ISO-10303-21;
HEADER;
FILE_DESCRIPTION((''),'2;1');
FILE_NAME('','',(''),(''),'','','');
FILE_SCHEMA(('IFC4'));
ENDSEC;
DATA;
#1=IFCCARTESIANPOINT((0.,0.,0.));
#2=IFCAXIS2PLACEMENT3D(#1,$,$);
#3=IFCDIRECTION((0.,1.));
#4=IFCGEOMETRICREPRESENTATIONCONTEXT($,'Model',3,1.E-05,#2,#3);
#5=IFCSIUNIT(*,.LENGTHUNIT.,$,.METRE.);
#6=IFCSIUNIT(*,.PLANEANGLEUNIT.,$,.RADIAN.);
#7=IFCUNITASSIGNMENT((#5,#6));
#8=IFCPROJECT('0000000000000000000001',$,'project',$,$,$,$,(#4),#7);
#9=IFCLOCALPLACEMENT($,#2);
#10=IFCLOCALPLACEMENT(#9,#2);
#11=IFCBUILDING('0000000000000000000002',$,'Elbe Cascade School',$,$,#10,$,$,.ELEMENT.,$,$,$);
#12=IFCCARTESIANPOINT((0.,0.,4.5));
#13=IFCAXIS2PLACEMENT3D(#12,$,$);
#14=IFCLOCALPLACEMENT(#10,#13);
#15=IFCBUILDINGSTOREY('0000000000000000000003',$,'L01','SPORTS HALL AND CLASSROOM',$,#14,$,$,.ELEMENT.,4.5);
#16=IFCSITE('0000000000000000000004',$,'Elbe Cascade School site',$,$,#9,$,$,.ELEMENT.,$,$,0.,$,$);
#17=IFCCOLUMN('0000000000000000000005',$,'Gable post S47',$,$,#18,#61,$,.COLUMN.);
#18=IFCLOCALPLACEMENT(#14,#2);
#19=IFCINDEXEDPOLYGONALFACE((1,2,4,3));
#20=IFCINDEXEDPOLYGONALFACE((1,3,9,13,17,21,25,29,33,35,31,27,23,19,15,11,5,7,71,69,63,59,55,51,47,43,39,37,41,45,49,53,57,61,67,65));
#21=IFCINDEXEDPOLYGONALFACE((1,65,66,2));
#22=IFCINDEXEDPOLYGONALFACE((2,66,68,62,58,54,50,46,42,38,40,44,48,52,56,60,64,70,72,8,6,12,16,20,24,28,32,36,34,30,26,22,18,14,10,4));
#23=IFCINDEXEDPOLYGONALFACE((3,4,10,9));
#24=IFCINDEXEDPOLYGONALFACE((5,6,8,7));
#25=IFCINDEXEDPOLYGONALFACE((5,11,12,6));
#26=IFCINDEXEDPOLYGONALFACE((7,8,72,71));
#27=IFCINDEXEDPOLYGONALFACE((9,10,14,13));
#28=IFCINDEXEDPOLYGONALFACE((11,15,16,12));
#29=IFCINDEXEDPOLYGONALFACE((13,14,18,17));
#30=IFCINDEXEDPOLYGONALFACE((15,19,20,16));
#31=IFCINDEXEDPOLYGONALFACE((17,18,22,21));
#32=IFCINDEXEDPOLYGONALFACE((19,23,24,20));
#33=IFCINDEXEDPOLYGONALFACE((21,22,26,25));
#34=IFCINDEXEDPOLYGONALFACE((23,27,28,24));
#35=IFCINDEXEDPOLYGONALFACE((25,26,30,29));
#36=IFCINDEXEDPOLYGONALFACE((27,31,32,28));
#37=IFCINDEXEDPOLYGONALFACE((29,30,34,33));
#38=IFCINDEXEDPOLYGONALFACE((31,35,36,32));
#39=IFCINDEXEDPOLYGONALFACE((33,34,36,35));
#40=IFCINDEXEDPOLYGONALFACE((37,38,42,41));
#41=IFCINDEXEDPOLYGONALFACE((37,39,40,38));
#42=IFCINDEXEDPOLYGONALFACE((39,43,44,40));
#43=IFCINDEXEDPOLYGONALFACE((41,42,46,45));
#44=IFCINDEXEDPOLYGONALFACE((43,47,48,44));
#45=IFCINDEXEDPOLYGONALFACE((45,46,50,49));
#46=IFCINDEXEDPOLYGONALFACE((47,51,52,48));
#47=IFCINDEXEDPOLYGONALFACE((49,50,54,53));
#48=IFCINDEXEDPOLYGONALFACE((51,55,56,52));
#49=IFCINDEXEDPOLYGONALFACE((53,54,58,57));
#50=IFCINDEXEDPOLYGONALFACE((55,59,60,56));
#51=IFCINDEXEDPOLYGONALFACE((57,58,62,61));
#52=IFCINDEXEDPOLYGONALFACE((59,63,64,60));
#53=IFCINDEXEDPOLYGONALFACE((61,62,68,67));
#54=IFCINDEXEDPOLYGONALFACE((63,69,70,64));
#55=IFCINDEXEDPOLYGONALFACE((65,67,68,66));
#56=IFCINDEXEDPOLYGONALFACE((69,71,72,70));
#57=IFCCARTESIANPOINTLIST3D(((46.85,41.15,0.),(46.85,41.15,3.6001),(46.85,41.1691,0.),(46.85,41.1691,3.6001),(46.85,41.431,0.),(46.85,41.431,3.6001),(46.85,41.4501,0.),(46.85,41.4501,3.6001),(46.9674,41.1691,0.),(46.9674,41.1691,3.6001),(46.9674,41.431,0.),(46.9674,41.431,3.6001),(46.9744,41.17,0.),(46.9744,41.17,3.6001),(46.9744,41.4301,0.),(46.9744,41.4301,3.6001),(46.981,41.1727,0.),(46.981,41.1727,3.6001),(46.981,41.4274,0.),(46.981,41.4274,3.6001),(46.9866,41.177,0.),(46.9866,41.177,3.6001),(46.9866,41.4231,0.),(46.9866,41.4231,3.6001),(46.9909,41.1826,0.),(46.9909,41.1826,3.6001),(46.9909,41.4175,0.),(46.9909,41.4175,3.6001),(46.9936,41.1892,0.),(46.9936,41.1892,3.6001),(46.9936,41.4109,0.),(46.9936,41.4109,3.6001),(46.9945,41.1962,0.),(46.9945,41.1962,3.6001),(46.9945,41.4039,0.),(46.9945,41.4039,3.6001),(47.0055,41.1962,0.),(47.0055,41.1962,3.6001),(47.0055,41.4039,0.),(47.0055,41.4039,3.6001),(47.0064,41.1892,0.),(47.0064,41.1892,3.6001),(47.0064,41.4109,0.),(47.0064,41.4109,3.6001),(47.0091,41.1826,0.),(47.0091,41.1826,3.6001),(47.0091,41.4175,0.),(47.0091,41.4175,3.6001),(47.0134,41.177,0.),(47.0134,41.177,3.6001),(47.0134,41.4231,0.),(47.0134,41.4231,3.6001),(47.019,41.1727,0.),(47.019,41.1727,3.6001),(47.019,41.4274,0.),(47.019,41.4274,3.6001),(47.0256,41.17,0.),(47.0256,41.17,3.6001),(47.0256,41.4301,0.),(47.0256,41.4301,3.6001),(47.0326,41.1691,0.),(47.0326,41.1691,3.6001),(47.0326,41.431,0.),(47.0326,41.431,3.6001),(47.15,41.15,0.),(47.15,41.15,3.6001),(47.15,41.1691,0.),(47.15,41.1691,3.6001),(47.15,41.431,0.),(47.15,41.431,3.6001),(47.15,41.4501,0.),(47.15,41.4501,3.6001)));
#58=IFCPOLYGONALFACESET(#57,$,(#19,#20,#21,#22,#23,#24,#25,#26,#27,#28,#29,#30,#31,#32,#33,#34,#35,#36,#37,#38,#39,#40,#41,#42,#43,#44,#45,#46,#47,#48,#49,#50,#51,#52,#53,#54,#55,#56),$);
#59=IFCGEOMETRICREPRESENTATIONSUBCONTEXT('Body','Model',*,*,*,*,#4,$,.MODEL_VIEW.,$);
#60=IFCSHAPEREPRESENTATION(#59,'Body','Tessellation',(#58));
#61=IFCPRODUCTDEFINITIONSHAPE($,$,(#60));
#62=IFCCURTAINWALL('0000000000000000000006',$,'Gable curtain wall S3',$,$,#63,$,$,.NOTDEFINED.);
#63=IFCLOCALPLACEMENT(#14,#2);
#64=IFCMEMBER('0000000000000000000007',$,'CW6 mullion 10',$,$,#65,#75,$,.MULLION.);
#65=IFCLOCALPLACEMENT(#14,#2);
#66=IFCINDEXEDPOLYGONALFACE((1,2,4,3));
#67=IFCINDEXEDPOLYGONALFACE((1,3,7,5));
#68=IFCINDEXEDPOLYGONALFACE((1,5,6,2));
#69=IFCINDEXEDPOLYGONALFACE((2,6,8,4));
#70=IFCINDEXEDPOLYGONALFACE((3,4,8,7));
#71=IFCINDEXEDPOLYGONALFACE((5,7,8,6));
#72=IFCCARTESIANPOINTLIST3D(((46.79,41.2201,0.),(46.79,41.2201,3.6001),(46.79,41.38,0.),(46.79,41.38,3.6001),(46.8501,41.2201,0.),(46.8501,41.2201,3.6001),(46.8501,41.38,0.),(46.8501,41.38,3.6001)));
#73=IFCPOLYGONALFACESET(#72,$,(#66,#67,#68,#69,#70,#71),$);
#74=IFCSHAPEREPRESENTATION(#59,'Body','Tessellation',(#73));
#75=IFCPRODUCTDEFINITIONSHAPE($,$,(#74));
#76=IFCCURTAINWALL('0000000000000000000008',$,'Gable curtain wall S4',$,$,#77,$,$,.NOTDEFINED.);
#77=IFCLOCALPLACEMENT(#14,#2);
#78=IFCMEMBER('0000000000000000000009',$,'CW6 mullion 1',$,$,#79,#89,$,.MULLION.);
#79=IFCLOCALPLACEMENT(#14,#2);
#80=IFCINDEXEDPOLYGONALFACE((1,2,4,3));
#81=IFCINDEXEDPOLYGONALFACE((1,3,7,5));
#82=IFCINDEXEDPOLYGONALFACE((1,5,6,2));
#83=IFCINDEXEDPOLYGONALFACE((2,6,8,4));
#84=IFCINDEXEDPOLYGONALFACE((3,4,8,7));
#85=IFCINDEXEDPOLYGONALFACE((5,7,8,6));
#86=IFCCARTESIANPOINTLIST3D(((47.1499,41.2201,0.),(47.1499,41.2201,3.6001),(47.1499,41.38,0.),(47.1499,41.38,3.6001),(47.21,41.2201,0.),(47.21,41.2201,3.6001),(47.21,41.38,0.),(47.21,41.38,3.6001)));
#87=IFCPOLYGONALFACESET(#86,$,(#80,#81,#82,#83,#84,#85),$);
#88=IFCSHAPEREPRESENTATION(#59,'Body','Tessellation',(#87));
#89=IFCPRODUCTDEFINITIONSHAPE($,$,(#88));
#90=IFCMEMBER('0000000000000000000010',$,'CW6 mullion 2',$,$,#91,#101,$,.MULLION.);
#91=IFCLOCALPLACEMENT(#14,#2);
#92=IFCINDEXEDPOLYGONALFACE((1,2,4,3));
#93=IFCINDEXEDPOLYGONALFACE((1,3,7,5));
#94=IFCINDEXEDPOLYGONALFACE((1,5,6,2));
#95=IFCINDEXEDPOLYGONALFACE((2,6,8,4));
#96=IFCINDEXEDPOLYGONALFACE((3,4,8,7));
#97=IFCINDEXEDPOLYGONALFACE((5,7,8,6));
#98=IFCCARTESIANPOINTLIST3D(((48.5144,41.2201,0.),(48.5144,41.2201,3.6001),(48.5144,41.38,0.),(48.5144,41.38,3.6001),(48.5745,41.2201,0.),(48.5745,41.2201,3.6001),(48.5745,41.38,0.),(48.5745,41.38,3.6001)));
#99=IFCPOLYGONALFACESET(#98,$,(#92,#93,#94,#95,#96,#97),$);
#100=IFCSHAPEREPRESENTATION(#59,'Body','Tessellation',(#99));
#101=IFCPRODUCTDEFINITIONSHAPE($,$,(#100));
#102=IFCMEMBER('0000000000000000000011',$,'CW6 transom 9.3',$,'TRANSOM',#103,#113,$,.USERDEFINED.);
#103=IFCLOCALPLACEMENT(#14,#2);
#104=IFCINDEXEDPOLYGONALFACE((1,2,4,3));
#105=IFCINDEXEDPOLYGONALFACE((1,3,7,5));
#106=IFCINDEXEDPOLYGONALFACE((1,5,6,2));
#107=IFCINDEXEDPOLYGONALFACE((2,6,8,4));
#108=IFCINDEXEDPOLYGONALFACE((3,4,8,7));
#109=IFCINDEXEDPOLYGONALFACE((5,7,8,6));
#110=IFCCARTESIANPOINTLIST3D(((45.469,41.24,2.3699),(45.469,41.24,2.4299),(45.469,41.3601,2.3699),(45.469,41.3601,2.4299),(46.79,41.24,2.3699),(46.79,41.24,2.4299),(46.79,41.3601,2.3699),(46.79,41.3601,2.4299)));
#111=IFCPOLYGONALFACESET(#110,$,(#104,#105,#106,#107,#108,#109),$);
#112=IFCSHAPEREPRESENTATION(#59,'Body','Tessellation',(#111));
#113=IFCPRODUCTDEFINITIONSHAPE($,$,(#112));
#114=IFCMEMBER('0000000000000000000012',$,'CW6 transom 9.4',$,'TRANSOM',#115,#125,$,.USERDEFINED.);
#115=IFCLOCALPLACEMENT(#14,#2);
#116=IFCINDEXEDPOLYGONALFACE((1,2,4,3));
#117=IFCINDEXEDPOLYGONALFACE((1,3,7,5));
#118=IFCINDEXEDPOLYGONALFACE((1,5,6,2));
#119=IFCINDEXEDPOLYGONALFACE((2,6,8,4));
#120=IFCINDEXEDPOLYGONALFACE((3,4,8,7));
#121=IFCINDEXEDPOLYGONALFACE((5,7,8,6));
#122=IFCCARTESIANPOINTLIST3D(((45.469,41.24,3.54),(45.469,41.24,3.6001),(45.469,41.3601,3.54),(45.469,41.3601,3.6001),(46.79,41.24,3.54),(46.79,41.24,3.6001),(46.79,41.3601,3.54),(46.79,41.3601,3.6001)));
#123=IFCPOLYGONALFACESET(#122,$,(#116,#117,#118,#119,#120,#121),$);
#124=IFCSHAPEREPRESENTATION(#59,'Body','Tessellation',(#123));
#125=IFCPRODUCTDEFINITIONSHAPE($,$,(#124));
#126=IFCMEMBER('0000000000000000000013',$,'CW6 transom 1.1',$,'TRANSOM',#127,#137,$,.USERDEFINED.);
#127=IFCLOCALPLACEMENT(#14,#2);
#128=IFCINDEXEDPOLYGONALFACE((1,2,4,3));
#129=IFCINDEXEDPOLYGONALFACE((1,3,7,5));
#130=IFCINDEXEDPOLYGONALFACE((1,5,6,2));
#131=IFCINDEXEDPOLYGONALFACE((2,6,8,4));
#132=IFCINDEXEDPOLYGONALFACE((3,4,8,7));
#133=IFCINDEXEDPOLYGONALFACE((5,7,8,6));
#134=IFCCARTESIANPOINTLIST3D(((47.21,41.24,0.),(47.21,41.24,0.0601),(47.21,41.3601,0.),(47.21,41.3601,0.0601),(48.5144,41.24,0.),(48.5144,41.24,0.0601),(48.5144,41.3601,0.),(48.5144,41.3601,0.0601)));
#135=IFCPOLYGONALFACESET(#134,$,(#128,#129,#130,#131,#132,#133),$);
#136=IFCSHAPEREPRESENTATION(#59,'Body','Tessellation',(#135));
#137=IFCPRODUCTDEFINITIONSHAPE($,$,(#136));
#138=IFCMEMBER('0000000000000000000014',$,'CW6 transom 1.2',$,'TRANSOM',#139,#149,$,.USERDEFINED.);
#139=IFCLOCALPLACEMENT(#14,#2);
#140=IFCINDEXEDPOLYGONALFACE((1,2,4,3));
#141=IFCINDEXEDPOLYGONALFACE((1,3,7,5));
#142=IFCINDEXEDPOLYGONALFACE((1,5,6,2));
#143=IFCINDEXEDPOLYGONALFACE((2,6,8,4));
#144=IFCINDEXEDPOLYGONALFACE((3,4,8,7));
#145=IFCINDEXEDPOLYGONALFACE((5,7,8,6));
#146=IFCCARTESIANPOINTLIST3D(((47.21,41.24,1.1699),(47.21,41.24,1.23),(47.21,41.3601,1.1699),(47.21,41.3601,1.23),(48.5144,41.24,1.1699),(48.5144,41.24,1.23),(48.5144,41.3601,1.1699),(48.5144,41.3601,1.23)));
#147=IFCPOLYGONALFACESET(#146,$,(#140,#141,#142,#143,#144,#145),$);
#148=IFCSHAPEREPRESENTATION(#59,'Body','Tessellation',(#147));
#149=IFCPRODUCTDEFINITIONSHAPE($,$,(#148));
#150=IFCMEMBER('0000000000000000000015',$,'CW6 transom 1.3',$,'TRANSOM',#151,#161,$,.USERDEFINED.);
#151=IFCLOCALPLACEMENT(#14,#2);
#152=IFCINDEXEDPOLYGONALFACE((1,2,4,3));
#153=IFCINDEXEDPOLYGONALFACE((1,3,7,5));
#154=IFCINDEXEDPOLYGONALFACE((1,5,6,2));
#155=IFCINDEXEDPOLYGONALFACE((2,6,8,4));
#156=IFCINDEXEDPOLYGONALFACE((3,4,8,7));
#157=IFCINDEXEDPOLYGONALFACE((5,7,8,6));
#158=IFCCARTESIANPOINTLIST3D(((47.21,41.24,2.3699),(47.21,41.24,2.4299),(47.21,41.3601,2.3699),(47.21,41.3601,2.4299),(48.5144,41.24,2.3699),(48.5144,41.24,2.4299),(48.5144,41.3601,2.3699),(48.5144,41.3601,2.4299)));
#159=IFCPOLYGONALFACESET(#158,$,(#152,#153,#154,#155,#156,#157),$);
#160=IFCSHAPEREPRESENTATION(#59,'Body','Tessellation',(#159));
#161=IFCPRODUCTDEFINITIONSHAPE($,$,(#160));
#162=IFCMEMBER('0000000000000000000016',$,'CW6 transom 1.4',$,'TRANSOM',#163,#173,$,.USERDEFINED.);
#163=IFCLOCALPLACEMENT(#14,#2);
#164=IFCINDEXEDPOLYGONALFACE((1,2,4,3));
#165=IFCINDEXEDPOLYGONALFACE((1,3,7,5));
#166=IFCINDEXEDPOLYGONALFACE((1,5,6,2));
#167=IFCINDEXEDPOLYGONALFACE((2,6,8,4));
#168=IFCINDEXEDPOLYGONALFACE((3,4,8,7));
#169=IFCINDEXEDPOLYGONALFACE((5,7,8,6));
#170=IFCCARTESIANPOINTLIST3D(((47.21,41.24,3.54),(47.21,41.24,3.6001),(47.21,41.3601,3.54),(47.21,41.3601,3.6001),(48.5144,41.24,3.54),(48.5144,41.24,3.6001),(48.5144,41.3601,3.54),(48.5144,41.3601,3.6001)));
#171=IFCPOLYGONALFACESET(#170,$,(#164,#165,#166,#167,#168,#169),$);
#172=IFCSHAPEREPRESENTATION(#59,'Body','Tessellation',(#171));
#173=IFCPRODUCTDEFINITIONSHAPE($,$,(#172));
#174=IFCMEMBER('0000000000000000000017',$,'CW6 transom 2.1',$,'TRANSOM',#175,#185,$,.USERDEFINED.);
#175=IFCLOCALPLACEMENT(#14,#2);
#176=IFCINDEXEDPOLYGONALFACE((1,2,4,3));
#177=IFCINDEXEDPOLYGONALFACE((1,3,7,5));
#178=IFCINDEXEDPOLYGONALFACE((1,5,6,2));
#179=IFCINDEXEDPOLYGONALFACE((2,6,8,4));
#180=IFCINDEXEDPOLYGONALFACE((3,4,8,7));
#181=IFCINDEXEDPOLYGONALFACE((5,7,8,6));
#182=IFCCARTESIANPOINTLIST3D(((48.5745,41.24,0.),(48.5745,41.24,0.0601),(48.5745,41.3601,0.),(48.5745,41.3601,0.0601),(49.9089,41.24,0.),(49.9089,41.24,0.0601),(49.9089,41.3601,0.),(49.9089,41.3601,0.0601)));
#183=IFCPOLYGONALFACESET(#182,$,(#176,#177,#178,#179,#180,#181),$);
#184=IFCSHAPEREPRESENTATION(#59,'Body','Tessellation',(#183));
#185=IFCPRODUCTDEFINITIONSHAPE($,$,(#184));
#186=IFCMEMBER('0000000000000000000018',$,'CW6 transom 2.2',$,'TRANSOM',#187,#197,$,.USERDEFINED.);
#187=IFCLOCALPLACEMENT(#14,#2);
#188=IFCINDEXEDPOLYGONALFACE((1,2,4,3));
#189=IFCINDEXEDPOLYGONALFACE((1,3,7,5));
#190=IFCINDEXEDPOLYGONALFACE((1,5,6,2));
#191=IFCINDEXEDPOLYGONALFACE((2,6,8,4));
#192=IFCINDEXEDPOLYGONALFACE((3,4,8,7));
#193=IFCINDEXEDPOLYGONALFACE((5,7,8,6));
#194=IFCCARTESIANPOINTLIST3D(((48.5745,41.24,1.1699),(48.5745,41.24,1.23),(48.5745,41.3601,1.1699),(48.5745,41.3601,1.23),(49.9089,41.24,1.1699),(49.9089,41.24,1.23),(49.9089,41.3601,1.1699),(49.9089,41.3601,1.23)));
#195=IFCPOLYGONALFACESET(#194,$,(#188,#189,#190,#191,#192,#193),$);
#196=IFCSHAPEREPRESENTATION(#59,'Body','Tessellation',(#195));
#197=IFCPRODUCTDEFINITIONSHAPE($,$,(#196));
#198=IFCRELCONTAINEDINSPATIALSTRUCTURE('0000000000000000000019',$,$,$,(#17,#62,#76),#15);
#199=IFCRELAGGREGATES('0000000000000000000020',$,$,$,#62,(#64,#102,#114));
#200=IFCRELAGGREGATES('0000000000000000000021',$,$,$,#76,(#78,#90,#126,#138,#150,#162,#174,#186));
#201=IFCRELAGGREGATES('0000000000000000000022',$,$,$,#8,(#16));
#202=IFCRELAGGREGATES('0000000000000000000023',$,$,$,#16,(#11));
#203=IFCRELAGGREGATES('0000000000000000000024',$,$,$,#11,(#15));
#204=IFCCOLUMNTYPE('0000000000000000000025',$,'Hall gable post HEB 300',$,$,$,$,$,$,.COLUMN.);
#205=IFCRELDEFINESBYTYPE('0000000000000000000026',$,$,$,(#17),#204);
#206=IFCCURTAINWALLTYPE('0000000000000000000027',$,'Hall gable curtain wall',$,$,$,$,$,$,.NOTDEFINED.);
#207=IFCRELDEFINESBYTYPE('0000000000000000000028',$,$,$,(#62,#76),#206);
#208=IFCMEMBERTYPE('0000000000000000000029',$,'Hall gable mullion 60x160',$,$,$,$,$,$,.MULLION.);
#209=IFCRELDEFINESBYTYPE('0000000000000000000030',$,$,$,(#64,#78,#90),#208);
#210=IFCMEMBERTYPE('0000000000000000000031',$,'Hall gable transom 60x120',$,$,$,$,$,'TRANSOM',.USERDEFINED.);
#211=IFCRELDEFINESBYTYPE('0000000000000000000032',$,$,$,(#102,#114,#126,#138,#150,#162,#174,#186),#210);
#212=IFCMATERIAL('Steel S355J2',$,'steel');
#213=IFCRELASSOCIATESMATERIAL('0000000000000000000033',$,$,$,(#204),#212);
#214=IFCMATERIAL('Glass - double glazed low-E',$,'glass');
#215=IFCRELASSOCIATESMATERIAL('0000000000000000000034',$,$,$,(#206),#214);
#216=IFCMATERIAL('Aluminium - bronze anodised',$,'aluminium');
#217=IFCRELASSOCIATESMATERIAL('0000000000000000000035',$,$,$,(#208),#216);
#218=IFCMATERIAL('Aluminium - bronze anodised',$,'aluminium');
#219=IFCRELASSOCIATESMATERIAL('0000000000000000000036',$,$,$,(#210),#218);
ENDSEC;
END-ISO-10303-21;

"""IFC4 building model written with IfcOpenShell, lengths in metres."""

from ifc_helpers import new_model, si_unit, direction, frame, origin, origin_2d, place, context, subcontext, project, spatial, rectangle, i_section, extrude, material, material_profile, profile_set, type_object, element, aggregate, save


model = new_model("IFC4")

# Units and contexts
model_context = context("Model", 3, precision=1e-05, world=origin(), true_north=direction((0.0, 1.0)))
body_context = subcontext(model_context, "Body", "Model", "MODEL_VIEW")
ifc_project = project(units=[si_unit("LENGTHUNIT", "METRE"), si_unit("PLANEANGLEUNIT", "RADIAN")], contexts=[model_context])

# Site, building, storey
site_placement = place(None, origin())
site = spatial("IfcSite", under=ifc_project, at=site_placement, Name="Elbe Cascade School site", CompositionType="ELEMENT", RefElevation=0.0)
building_placement = place(site_placement, origin())
building = spatial("IfcBuilding", under=site, at=building_placement, Name="Elbe Cascade School", CompositionType="ELEMENT")
storey_placement = place(building_placement, frame((0.0, 0.0, 4.5)))
storey = spatial("IfcBuildingStorey", under=building, at=storey_placement, Name="L01", Description="SPORTS HALL AND CLASSROOM", CompositionType="ELEMENT", Elevation=4.5)

# Column
ifc_material_1 = material(Name="Steel S355J2", Category="steel")
ifc_material_profile_1 = material_profile(ifc_material_1, i_section(OverallWidth=0.3, OverallDepth=0.3, WebThickness=0.011, FlangeThickness=0.019, FilletRadius=0.0271, at=origin_2d()), Name="HEB 300")
ifc_profile_set_1 = profile_set([ifc_material_profile_1], Name="Steel S355J2")
column_type = type_object("IfcColumnType", Name="Hall gable post HEB 300", PredefinedType="COLUMN", material=ifc_profile_set_1)
column_placement = place(storey_placement, frame((47.0, 41.3, 0.0), z_axis=(0.0, 0.0, 1.0), x_axis=(1.0, 0.0, 0.0)))
element("IfcColumn", 1, at=column_placement, inside=storey, type_object=column_type, Name="Gable post S47", PredefinedType="COLUMN", context=body_context, shape_type="SweptSolid", body=[
    extrude(i_section(OverallWidth=0.3, OverallDepth=0.3, WebThickness=0.011, FlangeThickness=0.019, FilletRadius=0.0271, at=origin_2d()), origin(), (0.0, 0.0, 1.0), 3.6001),
])

# Curtain wall, member
ifc_material_2 = material(Name="Glass - double glazed low-E", Category="glass")
curtain_wall_type = type_object("IfcCurtainWallType", Name="Hall gable curtain wall", PredefinedType="NOTDEFINED", material=ifc_material_2)
curtain_wall_1_placement = place(storey_placement, origin())
curtain_wall_1 = element("IfcCurtainWall", 2, at=curtain_wall_1_placement, inside=storey, type_object=curtain_wall_type, Name="Gable curtain wall S3", PredefinedType="NOTDEFINED")
ifc_material_3 = material(Name="Aluminium - bronze anodised", Category="aluminium")
ifc_material_profile_2 = material_profile(ifc_material_3, rectangle(XDim=0.1599, YDim=0.0601, at=origin_2d()), Name="Alu 60x160")
ifc_profile_set_2 = profile_set([ifc_material_profile_2], Name="Aluminium - bronze anodised")
member_type_1 = type_object("IfcMemberType", Name="Hall gable mullion 60x160", PredefinedType="MULLION", material=ifc_profile_set_2)
member_1_placement = place(storey_placement, frame((46.8201, 41.3, 0.0), z_axis=(0.0, 0.0, 1.0), x_axis=(0.0, 1.0, 0.0)))
member_1 = element("IfcMember", 3, at=member_1_placement, type_object=member_type_1, Name="CW6 mullion 10", PredefinedType="MULLION", context=body_context, shape_type="SweptSolid", body=[
    extrude(rectangle(XDim=0.1599, YDim=0.0601, at=origin_2d()), origin(), (0.0, 0.0, 1.0), 3.6001),
])

# Curtain wall, members
curtain_wall_2_placement = place(storey_placement, origin())
curtain_wall_2 = element("IfcCurtainWall", 4, at=curtain_wall_2_placement, inside=storey, type_object=curtain_wall_type, Name="Gable curtain wall S4", PredefinedType="NOTDEFINED")
member_2_placement = place(storey_placement, frame((47.1799, 41.3, 0.0), z_axis=(0.0, 0.0, 1.0), x_axis=(0.0, 1.0, 0.0)))
member_2 = element("IfcMember", 5, at=member_2_placement, type_object=member_type_1, Name="CW6 mullion 1", PredefinedType="MULLION", context=body_context, shape_type="SweptSolid", body=[
    extrude(rectangle(XDim=0.1599, YDim=0.0601, at=origin_2d()), origin(), (0.0, 0.0, 1.0), 3.6001),
])
member_3_placement = place(storey_placement, frame((48.5444, 41.3, 0.0), z_axis=(0.0, 0.0, 1.0), x_axis=(0.0, 1.0, 0.0)))
member_3 = element("IfcMember", 6, at=member_3_placement, type_object=member_type_1, Name="CW6 mullion 2", PredefinedType="MULLION", context=body_context, shape_type="SweptSolid", body=[
    extrude(rectangle(XDim=0.1599, YDim=0.0601, at=origin_2d()), origin(), (0.0, 0.0, 1.0), 3.6001),
])

# Members
ifc_material_4 = material(Name="Aluminium - bronze anodised", Category="aluminium")
ifc_material_profile_3 = material_profile(ifc_material_4, rectangle(XDim=0.1201, YDim=0.0601, at=origin_2d()), Name="Alu 60x120")
ifc_profile_set_3 = profile_set([ifc_material_profile_3], Name="Aluminium - bronze anodised")
member_type_2 = type_object("IfcMemberType", Name="Hall gable transom 60x120", ElementType="TRANSOM", PredefinedType="USERDEFINED", material=ifc_profile_set_3)
member_4_placement = place(storey_placement, frame((45.469, 41.3, 2.3999), z_axis=(1.0, 0.0, 0.0), x_axis=(0.0, 1.0, 0.0)))
member_4 = element("IfcMember", 7, at=member_4_placement, type_object=member_type_2, Name="CW6 transom 9.3", ObjectType="TRANSOM", PredefinedType="USERDEFINED", context=body_context, shape_type="SweptSolid", body=[
    extrude(rectangle(XDim=0.1201, YDim=0.0601, at=origin_2d()), origin(), (0.0, 0.0, 1.0), 1.321),
])
member_5_placement = place(storey_placement, frame((45.469, 41.3, 3.5701), z_axis=(1.0, 0.0, 0.0), x_axis=(0.0, 1.0, 0.0)))
member_5 = element("IfcMember", 8, at=member_5_placement, type_object=member_type_2, Name="CW6 transom 9.4", ObjectType="TRANSOM", PredefinedType="USERDEFINED", context=body_context, shape_type="SweptSolid", body=[
    extrude(rectangle(XDim=0.1201, YDim=0.0601, at=origin_2d()), origin(), (0.0, 0.0, 1.0), 1.321),
])
member_6_placement = place(storey_placement, frame((47.21, 41.3, 0.03), z_axis=(1.0, 0.0, 0.0), x_axis=(0.0, 1.0, 0.0)))
member_6 = element("IfcMember", 9, at=member_6_placement, type_object=member_type_2, Name="CW6 transom 1.1", ObjectType="TRANSOM", PredefinedType="USERDEFINED", context=body_context, shape_type="SweptSolid", body=[
    extrude(rectangle(XDim=0.1201, YDim=0.0601, at=origin_2d()), origin(), (0.0, 0.0, 1.0), 1.3044),
])
member_7_placement = place(storey_placement, frame((47.21, 41.3, 1.2), z_axis=(1.0, 0.0, 0.0), x_axis=(0.0, 1.0, 0.0)))
member_7 = element("IfcMember", 10, at=member_7_placement, type_object=member_type_2, Name="CW6 transom 1.2", ObjectType="TRANSOM", PredefinedType="USERDEFINED", context=body_context, shape_type="SweptSolid", body=[
    extrude(rectangle(XDim=0.1201, YDim=0.0601, at=origin_2d()), origin(), (0.0, 0.0, 1.0), 1.3044),
])
member_8_placement = place(storey_placement, frame((47.21, 41.3, 2.3999), z_axis=(1.0, 0.0, 0.0), x_axis=(0.0, 1.0, 0.0)))
member_8 = element("IfcMember", 11, at=member_8_placement, type_object=member_type_2, Name="CW6 transom 1.3", ObjectType="TRANSOM", PredefinedType="USERDEFINED", context=body_context, shape_type="SweptSolid", body=[
    extrude(rectangle(XDim=0.1201, YDim=0.0601, at=origin_2d()), origin(), (0.0, 0.0, 1.0), 1.3044),
])
member_9_placement = place(storey_placement, frame((47.21, 41.3, 3.5701), z_axis=(1.0, 0.0, 0.0), x_axis=(0.0, 1.0, 0.0)))
member_9 = element("IfcMember", 12, at=member_9_placement, type_object=member_type_2, Name="CW6 transom 1.4", ObjectType="TRANSOM", PredefinedType="USERDEFINED", context=body_context, shape_type="SweptSolid", body=[
    extrude(rectangle(XDim=0.1201, YDim=0.0601, at=origin_2d()), origin(), (0.0, 0.0, 1.0), 1.3044),
])
member_10_placement = place(storey_placement, frame((48.5745, 41.3, 0.03), z_axis=(1.0, 0.0, 0.0), x_axis=(0.0, 1.0, 0.0)))
member_10 = element("IfcMember", 13, at=member_10_placement, type_object=member_type_2, Name="CW6 transom 2.1", ObjectType="TRANSOM", PredefinedType="USERDEFINED", context=body_context, shape_type="SweptSolid", body=[
    extrude(rectangle(XDim=0.1201, YDim=0.0601, at=origin_2d()), origin(), (0.0, 0.0, 1.0), 1.3345),
])
member_11_placement = place(storey_placement, frame((48.5745, 41.3, 1.2), z_axis=(1.0, 0.0, 0.0), x_axis=(0.0, 1.0, 0.0)))
member_11 = element("IfcMember", 14, at=member_11_placement, type_object=member_type_2, Name="CW6 transom 2.2", ObjectType="TRANSOM", PredefinedType="USERDEFINED", context=body_context, shape_type="SweptSolid", body=[
    extrude(rectangle(XDim=0.1201, YDim=0.0601, at=origin_2d()), origin(), (0.0, 0.0, 1.0), 1.3345),
])

aggregate(curtain_wall_1, [member_1, member_4, member_5])
aggregate(curtain_wall_2, [member_2, member_3, member_6, member_7, member_8, member_9, member_10, member_11])

save(model, "model.ifc")
